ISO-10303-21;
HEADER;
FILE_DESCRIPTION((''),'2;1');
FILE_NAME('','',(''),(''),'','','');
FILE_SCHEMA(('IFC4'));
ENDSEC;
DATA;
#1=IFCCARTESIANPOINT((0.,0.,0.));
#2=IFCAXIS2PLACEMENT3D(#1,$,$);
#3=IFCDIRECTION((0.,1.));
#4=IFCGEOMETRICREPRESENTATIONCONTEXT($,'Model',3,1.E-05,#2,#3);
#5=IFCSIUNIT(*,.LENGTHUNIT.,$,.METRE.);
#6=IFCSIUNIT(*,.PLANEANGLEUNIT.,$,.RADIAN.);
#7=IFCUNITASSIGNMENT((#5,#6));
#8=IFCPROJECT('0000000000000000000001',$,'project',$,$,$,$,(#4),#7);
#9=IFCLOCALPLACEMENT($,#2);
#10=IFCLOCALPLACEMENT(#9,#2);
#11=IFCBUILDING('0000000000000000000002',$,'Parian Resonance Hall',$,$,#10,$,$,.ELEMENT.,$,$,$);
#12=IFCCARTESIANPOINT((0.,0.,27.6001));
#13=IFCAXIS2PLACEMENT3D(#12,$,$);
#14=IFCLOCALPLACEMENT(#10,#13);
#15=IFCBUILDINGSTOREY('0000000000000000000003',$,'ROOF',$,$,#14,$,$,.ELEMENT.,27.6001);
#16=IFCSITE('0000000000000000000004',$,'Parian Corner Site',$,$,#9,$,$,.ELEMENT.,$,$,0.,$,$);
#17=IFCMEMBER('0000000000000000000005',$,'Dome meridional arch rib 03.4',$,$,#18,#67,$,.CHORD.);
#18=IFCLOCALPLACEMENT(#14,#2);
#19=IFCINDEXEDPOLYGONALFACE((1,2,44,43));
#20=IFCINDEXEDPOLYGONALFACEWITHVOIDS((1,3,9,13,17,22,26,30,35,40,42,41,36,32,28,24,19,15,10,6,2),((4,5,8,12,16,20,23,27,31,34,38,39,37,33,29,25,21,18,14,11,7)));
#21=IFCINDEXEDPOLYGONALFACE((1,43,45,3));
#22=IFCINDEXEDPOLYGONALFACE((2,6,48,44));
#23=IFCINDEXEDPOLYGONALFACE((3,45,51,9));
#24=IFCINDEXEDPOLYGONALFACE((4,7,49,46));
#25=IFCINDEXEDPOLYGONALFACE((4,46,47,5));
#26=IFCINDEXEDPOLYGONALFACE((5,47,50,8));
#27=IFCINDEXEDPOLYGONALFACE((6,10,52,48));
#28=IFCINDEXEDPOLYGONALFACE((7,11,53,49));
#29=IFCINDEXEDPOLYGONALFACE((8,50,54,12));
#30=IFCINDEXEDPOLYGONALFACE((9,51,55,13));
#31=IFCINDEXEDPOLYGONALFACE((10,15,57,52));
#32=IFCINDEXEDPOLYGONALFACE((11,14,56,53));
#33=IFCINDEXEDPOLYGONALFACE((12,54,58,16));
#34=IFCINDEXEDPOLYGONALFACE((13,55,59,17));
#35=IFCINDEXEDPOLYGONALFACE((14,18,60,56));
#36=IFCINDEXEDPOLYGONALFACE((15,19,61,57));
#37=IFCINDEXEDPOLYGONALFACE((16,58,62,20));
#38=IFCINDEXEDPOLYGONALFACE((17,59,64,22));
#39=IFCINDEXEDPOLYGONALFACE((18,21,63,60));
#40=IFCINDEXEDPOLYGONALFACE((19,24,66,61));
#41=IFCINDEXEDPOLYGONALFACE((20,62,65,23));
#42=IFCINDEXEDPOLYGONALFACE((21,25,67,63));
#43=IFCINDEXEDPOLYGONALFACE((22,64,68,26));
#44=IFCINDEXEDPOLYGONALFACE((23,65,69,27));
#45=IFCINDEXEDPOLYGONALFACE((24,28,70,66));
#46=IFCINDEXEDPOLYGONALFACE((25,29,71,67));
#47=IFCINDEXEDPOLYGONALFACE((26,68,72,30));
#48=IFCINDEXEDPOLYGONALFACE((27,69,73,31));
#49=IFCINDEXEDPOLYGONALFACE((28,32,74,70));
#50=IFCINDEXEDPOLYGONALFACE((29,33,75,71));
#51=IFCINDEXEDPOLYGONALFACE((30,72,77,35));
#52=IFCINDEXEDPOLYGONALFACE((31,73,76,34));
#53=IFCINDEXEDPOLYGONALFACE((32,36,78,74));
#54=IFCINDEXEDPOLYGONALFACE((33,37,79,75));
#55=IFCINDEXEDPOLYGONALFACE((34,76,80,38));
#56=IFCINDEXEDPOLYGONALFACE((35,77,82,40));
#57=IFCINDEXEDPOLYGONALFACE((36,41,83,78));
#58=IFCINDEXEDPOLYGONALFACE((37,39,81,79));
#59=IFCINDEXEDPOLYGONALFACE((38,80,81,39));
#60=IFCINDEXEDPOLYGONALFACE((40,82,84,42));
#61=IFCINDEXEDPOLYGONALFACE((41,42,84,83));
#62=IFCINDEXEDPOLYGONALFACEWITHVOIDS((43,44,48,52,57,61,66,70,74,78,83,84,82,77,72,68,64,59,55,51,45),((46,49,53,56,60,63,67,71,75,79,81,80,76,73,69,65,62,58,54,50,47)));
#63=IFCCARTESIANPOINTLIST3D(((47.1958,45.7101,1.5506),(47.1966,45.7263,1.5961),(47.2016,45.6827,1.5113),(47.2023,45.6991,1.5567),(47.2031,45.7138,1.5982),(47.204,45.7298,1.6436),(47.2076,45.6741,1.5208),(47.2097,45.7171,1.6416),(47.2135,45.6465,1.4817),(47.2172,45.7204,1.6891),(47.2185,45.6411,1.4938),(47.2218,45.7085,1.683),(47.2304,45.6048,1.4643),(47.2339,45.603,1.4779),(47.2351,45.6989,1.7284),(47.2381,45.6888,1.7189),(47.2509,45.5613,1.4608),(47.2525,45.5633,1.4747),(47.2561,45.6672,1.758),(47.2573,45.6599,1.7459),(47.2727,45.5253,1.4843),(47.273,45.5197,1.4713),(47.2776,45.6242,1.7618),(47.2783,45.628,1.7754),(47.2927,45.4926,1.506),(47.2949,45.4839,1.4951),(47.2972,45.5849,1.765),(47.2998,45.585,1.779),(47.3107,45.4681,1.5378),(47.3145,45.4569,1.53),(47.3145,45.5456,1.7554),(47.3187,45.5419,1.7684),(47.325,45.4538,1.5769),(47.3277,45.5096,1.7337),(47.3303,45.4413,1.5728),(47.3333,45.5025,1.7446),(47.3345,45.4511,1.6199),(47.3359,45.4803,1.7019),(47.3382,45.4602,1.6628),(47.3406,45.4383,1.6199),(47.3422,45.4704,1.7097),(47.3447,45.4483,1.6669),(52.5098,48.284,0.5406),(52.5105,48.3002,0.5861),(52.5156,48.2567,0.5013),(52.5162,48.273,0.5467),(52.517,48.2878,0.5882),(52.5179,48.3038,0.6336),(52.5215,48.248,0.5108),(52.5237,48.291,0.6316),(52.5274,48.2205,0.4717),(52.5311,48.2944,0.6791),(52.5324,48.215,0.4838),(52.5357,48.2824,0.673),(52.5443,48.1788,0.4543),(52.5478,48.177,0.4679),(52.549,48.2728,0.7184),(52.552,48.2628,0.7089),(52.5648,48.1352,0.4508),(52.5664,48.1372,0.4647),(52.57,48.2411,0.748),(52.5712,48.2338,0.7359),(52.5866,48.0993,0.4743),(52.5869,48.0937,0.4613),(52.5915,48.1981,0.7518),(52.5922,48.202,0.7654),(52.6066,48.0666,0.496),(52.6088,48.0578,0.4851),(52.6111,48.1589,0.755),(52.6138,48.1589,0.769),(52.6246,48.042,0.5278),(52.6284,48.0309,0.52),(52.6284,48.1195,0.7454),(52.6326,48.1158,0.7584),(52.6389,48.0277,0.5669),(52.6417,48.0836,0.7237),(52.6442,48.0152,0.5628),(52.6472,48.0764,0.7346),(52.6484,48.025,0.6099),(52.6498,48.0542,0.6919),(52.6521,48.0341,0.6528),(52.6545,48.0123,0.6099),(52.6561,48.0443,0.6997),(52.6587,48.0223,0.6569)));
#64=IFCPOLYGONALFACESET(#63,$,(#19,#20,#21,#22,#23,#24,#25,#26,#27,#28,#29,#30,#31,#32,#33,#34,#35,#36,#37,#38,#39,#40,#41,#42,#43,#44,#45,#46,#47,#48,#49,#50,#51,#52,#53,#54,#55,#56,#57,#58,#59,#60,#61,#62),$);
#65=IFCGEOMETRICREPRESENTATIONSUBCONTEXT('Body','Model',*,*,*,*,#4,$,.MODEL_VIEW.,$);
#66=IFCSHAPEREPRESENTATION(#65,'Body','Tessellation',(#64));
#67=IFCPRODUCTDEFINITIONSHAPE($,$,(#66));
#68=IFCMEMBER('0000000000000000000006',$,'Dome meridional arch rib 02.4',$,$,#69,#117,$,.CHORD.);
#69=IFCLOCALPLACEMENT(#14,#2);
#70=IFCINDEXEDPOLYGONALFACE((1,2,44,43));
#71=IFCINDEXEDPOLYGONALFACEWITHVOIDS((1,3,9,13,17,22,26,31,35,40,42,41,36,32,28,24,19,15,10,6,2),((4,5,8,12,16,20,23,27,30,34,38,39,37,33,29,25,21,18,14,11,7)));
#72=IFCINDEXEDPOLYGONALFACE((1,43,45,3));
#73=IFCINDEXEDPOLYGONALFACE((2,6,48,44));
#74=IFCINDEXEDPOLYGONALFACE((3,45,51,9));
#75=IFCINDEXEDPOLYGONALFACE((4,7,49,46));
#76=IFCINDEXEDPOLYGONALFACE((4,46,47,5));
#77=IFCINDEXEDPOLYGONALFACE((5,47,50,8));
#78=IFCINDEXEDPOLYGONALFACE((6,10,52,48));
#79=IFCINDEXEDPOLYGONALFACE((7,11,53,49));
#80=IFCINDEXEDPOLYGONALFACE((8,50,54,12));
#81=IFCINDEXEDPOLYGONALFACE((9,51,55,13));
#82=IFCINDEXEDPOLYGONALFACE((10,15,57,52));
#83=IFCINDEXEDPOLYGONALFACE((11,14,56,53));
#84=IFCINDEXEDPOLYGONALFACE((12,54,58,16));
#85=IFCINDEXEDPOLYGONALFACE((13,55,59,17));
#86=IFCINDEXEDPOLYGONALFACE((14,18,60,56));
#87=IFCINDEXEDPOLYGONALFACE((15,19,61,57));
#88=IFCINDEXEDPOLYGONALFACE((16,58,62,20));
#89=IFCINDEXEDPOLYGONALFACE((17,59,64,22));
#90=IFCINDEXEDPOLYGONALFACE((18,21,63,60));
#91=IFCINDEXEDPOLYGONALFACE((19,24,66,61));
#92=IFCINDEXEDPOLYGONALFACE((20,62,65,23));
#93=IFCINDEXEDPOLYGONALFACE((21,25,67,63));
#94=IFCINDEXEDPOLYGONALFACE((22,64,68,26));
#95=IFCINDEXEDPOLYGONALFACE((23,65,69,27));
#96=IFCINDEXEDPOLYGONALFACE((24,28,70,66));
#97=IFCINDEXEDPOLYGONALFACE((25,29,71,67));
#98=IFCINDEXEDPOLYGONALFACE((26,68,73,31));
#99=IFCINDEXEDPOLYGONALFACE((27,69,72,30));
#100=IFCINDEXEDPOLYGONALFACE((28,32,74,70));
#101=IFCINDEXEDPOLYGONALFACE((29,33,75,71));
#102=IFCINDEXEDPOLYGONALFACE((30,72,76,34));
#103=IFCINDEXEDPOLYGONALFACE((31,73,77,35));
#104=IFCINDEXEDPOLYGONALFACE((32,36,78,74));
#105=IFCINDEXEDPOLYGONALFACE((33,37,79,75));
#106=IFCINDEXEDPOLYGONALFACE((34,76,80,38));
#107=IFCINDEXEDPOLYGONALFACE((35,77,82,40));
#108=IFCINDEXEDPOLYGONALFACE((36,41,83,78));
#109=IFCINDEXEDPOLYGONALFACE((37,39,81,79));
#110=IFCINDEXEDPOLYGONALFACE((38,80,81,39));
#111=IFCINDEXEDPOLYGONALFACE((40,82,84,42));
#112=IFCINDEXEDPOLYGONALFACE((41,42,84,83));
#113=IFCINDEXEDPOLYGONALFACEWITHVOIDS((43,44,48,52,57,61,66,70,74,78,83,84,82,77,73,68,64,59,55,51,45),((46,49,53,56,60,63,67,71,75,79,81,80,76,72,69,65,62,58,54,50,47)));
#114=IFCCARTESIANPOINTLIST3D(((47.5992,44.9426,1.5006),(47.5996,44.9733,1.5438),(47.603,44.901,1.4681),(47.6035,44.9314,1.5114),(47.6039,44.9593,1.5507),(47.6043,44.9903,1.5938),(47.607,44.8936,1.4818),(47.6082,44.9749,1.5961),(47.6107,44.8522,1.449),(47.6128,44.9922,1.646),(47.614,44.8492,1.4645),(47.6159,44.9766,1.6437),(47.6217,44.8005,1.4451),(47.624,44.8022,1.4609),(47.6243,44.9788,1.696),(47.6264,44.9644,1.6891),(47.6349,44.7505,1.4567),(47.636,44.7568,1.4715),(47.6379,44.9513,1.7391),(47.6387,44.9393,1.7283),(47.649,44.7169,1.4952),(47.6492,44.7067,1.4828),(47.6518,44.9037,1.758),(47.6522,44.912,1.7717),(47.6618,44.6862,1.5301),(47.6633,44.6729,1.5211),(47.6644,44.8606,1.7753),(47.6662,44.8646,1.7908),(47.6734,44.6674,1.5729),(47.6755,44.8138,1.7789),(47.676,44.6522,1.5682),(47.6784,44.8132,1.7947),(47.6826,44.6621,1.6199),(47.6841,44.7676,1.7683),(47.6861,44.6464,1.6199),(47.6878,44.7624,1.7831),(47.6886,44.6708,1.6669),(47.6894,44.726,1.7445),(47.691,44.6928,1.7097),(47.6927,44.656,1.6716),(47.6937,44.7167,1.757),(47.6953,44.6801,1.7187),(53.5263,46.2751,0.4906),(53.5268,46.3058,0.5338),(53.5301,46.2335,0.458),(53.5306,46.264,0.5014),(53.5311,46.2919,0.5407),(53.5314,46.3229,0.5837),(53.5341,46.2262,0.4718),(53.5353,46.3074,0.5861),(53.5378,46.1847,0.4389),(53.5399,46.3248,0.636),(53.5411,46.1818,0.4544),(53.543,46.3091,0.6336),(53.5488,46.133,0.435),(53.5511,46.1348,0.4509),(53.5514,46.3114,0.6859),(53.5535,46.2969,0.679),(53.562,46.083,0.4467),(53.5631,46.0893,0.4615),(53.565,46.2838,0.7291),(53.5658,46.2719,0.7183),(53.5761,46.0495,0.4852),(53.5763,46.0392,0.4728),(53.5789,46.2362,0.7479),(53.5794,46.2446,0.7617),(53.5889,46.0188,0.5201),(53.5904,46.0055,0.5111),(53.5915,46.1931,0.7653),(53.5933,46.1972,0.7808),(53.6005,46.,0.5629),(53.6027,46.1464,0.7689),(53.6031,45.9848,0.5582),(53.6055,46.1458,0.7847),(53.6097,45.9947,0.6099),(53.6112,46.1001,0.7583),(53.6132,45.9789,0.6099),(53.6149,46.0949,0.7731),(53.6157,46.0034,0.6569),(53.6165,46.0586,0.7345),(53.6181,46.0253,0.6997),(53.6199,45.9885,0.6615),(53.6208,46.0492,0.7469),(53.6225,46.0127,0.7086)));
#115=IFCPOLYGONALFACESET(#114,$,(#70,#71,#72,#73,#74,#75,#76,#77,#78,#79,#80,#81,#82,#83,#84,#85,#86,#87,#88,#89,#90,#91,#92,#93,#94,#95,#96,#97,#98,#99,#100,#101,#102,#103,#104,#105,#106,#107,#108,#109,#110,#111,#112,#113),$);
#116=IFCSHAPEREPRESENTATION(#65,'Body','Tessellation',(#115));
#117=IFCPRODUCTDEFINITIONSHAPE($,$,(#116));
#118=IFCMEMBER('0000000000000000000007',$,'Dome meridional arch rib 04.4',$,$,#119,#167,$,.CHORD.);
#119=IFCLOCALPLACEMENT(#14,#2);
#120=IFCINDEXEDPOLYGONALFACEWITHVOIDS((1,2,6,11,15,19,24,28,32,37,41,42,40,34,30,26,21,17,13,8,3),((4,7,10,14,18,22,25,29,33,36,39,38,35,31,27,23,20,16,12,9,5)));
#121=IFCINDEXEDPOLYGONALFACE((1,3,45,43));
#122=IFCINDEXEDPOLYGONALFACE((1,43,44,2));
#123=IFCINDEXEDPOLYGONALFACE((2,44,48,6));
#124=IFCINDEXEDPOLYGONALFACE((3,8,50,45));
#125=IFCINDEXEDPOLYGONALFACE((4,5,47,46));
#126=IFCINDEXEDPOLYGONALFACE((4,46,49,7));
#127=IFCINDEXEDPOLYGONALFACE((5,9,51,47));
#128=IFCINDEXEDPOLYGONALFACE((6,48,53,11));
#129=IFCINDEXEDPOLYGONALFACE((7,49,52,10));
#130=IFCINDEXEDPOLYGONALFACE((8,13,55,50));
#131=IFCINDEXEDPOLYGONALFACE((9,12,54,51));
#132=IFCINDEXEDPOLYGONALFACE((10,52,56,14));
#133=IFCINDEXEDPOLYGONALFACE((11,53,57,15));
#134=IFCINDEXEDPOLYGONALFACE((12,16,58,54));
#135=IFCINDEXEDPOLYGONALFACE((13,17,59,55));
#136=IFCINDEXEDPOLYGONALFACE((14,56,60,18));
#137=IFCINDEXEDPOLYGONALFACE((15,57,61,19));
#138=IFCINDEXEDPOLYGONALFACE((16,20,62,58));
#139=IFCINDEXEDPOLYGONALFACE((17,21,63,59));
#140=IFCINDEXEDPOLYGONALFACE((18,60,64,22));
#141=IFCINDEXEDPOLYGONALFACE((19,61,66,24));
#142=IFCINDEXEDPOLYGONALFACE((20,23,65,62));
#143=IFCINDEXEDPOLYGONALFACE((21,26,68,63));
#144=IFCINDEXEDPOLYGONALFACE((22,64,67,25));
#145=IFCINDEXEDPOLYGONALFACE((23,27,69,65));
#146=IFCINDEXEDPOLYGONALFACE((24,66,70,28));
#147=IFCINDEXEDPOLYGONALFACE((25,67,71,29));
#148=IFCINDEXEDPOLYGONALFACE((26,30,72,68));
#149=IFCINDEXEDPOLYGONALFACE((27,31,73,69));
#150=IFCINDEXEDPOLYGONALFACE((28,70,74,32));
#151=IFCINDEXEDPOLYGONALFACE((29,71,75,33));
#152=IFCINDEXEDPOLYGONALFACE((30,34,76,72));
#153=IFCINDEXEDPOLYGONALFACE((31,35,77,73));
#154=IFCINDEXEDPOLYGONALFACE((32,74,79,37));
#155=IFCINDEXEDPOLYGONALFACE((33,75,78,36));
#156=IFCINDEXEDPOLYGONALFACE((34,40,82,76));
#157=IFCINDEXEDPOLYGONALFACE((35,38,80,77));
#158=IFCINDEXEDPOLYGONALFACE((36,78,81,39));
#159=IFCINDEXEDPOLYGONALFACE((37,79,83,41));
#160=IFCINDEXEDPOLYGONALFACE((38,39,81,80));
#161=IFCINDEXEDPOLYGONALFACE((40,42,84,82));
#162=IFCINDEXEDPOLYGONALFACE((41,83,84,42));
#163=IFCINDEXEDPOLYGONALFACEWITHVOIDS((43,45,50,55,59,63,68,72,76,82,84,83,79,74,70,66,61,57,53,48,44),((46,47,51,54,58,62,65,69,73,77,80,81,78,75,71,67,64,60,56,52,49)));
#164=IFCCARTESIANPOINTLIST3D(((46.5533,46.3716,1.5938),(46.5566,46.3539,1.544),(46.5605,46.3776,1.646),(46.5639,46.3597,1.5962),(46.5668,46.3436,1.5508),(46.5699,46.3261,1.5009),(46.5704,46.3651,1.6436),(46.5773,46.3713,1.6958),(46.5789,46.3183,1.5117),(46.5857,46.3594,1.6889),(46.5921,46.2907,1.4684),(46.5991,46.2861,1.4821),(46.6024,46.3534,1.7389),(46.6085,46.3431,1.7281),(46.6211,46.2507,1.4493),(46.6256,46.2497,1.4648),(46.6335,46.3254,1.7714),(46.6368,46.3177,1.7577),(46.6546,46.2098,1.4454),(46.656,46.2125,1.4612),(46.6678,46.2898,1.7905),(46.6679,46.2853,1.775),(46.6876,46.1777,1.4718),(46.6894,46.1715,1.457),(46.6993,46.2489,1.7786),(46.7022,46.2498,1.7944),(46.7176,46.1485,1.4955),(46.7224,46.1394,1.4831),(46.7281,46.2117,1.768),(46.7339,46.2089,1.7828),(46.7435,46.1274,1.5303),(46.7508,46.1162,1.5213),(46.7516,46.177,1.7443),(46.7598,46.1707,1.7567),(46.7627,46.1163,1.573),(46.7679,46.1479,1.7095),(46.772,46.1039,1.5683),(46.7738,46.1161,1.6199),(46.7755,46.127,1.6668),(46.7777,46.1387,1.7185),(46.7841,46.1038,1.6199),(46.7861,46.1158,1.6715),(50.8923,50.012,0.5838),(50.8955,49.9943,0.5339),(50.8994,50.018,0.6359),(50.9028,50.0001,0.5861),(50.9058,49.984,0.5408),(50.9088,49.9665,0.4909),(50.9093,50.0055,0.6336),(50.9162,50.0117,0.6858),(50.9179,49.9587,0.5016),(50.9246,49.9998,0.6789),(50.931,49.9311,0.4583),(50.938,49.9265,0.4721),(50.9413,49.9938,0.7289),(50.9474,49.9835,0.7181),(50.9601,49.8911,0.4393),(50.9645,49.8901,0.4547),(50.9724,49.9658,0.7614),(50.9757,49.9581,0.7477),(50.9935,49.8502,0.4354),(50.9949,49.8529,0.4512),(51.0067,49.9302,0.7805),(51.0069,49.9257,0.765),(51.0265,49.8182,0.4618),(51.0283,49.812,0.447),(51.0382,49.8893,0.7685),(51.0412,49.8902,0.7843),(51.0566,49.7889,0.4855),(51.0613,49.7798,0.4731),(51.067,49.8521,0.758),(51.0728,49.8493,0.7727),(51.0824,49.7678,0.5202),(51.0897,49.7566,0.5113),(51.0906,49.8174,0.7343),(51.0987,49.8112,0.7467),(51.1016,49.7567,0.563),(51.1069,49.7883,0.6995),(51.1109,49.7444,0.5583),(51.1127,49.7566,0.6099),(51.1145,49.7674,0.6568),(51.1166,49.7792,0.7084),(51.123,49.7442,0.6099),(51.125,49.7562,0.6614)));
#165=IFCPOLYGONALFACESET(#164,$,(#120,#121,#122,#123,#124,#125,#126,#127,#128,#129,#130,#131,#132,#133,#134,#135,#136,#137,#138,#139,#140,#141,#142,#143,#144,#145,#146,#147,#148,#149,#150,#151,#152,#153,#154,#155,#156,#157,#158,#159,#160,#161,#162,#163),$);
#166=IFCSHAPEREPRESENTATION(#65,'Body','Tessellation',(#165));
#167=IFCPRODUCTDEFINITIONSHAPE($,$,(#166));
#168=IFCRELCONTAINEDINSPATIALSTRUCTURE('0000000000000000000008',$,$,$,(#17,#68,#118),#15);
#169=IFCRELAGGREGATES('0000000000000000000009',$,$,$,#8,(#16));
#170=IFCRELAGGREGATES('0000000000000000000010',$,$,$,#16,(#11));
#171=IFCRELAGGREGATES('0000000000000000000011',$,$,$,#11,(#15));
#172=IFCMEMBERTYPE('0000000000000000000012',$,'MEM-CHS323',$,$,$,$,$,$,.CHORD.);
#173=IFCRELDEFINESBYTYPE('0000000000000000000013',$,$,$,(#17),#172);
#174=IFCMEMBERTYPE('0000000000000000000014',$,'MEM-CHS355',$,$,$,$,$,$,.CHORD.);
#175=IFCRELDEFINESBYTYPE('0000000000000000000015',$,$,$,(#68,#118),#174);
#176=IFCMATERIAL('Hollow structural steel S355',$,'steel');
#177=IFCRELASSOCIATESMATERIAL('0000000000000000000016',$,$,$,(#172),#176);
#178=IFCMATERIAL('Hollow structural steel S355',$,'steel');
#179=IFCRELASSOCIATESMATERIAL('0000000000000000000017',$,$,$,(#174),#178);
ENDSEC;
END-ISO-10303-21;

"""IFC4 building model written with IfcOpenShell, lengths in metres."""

from ifc_helpers import new_model, si_unit, direction, frame, origin, origin_2d, place, context, subcontext, project, spatial, hollow_circle, extrude, material, material_profile, profile_set, type_object, element, save


model = new_model("IFC4")

# Units and contexts
model_context = context("Model", 3, precision=1e-05, world=origin(), true_north=direction((0.0, 1.0)))
body_context = subcontext(model_context, "Body", "Model", "MODEL_VIEW")
ifc_project = project(units=[si_unit("LENGTHUNIT", "METRE"), si_unit("PLANEANGLEUNIT", "RADIAN")], contexts=[model_context])

# Site, building, storey
site_placement = place(None, origin())
site = spatial("IfcSite", under=ifc_project, at=site_placement, Name="Parian Corner Site", CompositionType="ELEMENT", RefElevation=0.0)
building_placement = place(site_placement, origin())
building = spatial("IfcBuilding", under=site, at=building_placement, Name="Parian Resonance Hall", CompositionType="ELEMENT")
storey_placement = place(building_placement, frame((0.0, 0.0, 27.6001)))
storey = spatial("IfcBuildingStorey", under=building, at=storey_placement, Name="ROOF", CompositionType="ELEMENT", Elevation=27.6001)

# Members
ifc_material_1 = material(Name="Hollow structural steel S355", Category="steel")
ifc_material_profile_1 = material_profile(ifc_material_1, hollow_circle(Radius=0.1619, WallThickness=0.0142, at=origin_2d()), Name="CHS323.9x14.2")
ifc_profile_set_1 = profile_set([ifc_material_profile_1], Name="Hollow structural steel S355")
member_type_1 = type_object("IfcMemberType", Name="MEM-CHS323", PredefinedType="CHORD", material=ifc_profile_set_1)
member_1_placement = place(storey_placement, frame((52.584, 48.158, 0.6099), z_axis=(-0.887095, -0.42969, 0.168608), x_axis=(0.435932, -0.89998, 0.0)))
element("IfcMember", 1, at=member_1_placement, inside=storey, type_object=member_type_1, Name="Dome meridional arch rib 03.4", PredefinedType="CHORD", context=body_context, shape_type="SweptSolid", body=[
    extrude(hollow_circle(Radius=0.1619, WallThickness=0.0142, at=origin_2d()), origin(), (0.0, 0.0, 1.0), 5.9902),
])
ifc_material_2 = material(Name="Hollow structural steel S355", Category="steel")
ifc_material_profile_2 = material_profile(ifc_material_2, hollow_circle(Radius=0.1777, WallThickness=0.0161, at=origin_2d()), Name="CHS355.6x16")
ifc_profile_set_2 = profile_set([ifc_material_profile_2], Name="Hollow structural steel S355")
member_type_2 = type_object("IfcMemberType", Name="MEM-CHS355", PredefinedType="CHORD", material=ifc_profile_set_2)
member_2_placement = place(storey_placement, frame((53.5742, 46.1523, 0.6099), z_axis=(-0.962436, -0.216377, 0.164007), x_axis=(0.219347, -0.975647, 0.0)))
element("IfcMember", 2, at=member_2_placement, inside=storey, type_object=member_type_2, Name="Dome meridional arch rib 02.4", PredefinedType="CHORD", context=body_context, shape_type="SweptSolid", body=[
    extrude(hollow_circle(Radius=0.1777, WallThickness=0.0161, at=origin_2d()), origin(), (0.0, 0.0, 1.0), 6.1584),
])
member_3_placement = place(storey_placement, frame((51.0088, 49.8804, 0.6099), z_axis=(-0.754178, -0.632768, 0.175559), x_axis=(0.64275, -0.766076, 0.0)))
element("IfcMember", 3, at=member_3_placement, inside=storey, type_object=member_type_2, Name="Dome meridional arch rib 04.4", PredefinedType="CHORD", context=body_context, shape_type="SweptSolid", body=[
    extrude(hollow_circle(Radius=0.1777, WallThickness=0.0161, at=origin_2d()), origin(), (0.0, 0.0, 1.0), 5.7532),
])

save(model, "model.ifc")
